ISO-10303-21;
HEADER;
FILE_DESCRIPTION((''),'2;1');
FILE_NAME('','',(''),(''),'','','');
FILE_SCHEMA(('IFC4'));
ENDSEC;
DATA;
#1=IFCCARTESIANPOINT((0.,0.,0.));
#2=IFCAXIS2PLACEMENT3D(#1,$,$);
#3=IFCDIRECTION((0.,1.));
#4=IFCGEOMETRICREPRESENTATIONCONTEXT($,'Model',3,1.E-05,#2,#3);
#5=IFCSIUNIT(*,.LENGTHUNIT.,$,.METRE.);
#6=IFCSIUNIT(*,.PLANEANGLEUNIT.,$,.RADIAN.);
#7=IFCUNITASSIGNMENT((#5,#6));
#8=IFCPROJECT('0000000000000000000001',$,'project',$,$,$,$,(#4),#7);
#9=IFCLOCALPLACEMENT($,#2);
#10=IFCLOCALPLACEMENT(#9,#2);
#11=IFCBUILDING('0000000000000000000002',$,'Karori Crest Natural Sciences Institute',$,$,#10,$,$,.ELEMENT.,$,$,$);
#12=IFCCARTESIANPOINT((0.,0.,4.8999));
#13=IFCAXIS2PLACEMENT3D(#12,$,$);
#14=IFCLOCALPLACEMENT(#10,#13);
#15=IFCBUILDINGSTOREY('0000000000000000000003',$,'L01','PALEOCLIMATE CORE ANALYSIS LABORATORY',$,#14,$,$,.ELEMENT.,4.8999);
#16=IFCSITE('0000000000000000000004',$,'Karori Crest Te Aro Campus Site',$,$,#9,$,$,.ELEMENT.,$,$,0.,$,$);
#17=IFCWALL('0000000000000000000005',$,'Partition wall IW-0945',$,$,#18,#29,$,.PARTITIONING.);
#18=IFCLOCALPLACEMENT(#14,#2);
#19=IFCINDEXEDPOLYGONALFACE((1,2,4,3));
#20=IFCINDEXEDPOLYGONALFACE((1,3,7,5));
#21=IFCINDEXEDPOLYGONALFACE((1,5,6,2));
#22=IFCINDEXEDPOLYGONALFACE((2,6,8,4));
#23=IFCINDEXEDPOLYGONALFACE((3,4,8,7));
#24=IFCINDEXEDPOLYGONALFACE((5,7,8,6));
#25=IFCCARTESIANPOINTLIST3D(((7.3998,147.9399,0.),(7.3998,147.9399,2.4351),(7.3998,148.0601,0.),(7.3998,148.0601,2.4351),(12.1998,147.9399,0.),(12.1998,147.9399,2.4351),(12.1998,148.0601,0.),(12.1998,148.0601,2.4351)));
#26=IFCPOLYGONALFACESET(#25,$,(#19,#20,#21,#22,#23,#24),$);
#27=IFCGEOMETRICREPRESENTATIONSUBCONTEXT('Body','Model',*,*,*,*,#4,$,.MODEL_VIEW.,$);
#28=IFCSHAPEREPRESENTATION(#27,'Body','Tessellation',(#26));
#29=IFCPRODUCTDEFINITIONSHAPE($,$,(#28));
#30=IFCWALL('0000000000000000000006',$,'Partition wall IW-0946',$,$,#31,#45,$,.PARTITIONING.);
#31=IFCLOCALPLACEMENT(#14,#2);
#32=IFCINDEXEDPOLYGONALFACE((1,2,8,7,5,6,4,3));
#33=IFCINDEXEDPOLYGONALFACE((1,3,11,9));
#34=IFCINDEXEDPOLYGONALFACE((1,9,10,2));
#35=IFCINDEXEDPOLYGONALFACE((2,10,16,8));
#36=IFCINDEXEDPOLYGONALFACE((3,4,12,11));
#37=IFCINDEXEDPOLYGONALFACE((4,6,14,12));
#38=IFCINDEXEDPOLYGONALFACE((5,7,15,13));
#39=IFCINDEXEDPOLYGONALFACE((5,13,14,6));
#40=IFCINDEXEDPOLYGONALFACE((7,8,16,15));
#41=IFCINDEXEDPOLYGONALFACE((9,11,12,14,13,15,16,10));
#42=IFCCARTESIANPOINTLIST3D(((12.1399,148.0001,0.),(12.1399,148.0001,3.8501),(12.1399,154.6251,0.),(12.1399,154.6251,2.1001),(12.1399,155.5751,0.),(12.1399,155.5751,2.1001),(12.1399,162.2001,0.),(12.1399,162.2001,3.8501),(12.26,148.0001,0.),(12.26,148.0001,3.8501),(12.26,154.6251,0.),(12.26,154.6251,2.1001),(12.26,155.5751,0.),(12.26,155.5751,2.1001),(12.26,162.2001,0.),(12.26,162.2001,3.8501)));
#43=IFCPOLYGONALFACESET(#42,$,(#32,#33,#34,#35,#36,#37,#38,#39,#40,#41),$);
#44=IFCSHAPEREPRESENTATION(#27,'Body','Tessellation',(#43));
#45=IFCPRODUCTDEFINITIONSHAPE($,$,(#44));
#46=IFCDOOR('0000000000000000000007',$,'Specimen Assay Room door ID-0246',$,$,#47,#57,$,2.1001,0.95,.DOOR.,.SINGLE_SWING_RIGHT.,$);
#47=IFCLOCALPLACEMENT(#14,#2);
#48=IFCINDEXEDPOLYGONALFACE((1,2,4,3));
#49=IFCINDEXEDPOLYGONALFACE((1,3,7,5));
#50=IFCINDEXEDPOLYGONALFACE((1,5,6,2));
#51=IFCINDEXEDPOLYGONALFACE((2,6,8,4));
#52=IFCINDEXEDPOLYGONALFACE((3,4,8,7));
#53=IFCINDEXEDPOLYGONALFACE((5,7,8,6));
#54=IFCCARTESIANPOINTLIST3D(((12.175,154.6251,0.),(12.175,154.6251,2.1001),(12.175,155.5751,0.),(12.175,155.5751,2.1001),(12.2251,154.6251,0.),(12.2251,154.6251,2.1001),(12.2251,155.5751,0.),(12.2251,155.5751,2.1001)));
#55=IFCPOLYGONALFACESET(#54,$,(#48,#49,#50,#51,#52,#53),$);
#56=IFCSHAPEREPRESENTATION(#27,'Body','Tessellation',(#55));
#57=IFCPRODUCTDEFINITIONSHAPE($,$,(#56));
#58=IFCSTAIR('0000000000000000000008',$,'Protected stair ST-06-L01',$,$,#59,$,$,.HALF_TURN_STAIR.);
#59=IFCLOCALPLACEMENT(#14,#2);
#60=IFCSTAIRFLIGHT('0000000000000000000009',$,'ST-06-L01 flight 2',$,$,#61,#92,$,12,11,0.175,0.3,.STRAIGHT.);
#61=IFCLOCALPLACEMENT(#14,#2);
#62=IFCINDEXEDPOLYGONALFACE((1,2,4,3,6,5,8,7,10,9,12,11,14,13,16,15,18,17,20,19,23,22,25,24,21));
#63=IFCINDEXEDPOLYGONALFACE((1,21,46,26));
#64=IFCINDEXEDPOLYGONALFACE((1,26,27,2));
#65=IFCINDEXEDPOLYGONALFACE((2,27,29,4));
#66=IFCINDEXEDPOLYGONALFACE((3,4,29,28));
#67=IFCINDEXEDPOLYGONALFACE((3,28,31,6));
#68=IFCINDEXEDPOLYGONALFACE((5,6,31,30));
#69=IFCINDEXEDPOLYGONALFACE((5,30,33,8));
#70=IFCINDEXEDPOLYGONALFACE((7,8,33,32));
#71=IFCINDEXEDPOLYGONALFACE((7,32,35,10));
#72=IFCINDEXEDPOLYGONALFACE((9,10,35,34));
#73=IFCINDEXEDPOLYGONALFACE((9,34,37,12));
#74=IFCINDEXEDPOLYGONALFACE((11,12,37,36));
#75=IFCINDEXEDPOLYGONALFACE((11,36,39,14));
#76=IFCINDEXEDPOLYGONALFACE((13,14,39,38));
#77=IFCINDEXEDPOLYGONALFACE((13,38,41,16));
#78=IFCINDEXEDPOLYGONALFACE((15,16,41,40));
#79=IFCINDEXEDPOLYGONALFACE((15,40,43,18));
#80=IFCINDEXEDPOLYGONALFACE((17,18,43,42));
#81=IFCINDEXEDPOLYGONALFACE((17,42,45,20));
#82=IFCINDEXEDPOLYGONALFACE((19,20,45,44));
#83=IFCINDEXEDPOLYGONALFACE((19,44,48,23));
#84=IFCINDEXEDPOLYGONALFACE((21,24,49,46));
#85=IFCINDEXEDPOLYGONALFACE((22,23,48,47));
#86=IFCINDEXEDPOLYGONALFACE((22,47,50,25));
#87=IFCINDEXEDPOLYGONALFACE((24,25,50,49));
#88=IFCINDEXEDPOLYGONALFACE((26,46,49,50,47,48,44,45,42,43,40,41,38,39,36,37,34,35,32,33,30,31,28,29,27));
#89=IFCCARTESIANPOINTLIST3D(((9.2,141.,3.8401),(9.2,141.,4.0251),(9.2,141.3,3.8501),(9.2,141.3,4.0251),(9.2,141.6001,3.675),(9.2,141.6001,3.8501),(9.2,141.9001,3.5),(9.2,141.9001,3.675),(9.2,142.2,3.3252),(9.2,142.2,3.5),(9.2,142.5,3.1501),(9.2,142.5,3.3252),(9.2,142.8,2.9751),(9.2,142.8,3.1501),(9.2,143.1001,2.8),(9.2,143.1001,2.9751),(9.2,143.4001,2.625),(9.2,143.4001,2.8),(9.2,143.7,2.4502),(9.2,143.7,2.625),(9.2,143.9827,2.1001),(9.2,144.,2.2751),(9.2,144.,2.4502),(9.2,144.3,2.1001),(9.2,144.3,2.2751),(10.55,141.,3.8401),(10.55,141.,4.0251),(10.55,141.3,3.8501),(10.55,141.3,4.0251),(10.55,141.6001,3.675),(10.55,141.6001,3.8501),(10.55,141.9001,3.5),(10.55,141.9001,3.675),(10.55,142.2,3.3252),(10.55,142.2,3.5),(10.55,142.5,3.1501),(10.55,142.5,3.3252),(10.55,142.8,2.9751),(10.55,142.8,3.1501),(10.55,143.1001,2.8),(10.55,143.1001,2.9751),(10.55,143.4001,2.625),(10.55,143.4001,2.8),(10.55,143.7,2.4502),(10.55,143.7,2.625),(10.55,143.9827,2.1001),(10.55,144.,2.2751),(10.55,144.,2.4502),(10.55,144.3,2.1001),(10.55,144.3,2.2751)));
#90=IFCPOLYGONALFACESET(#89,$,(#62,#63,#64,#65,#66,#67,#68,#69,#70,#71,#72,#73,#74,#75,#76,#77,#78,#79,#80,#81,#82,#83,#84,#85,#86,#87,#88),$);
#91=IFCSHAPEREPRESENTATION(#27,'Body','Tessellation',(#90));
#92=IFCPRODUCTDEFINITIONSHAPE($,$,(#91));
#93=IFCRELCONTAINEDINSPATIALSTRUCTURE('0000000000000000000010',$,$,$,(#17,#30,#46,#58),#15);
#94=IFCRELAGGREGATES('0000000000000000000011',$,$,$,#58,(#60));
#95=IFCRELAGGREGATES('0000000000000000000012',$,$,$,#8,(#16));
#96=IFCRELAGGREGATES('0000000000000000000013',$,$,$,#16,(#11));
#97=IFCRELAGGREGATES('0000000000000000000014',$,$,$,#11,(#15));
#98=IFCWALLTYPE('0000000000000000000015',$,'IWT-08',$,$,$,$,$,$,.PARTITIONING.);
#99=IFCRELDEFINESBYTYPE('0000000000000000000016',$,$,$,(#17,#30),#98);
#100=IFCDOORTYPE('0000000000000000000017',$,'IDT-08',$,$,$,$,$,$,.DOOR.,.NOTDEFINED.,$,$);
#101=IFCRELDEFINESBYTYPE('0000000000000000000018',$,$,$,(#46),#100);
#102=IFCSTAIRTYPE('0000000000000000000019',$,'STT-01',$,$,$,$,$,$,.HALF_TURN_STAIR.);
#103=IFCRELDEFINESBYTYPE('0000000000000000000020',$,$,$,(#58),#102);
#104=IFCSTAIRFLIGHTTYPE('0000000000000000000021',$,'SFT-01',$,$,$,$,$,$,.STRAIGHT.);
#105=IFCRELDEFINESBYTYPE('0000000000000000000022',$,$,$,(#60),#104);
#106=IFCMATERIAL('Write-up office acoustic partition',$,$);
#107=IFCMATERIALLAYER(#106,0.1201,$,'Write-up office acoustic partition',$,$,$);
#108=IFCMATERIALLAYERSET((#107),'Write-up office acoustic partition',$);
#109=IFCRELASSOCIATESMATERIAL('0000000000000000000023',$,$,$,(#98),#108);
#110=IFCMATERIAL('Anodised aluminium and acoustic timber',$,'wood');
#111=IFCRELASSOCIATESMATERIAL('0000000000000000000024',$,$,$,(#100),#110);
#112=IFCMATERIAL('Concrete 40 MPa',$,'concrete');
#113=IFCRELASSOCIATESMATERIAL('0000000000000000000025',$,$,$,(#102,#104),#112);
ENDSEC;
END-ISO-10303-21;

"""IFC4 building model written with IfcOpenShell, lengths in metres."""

from ifc_helpers import new_model, si_unit, direction, frame, frame_2d, origin, place, context, subcontext, project, spatial, polyline, rectangle, outline, extrude, material, layer, layer_set, type_object, element, fill, aggregate, save


model = new_model("IFC4")

# Units and contexts
model_context = context("Model", 3, precision=1e-05, world=origin(), true_north=direction((0.0, 1.0)))
body_context = subcontext(model_context, "Body", "Model", "MODEL_VIEW")
ifc_project = project(units=[si_unit("LENGTHUNIT", "METRE"), si_unit("PLANEANGLEUNIT", "RADIAN")], contexts=[model_context])

# Site, building, storey
site_placement = place(None, origin())
site = spatial("IfcSite", under=ifc_project, at=site_placement, Name="Karori Crest Te Aro Campus Site", CompositionType="ELEMENT", RefElevation=0.0)
building_placement = place(site_placement, origin())
building = spatial("IfcBuilding", under=site, at=building_placement, Name="Karori Crest Natural Sciences Institute", CompositionType="ELEMENT")
storey_placement = place(building_placement, frame((0.0, 0.0, 4.8999)))
storey = spatial("IfcBuildingStorey", under=building, at=storey_placement, Name="L01", Description="PALEOCLIMATE CORE ANALYSIS LABORATORY", CompositionType="ELEMENT", Elevation=4.8999)

# Wall
ifc_material_1 = material(Name="Write-up office acoustic partition")
ifc_layer_1 = layer(ifc_material_1, 0.1201, Name="Write-up office acoustic partition")
ifc_layer_set_1 = layer_set([ifc_layer_1], Name="Write-up office acoustic partition")
wall_type_1 = type_object("IfcWallType", Name="IWT-08", PredefinedType="PARTITIONING", material=ifc_layer_set_1)
wall_1_placement = place(storey_placement, frame((7.3999, 148.0, 0.0), z_axis=(0.0, 0.0, 1.0), x_axis=(1.0, 0.0, 0.0)))
element("IfcWall", 1, at=wall_1_placement, inside=storey, type_object=wall_type_1, Name="Partition wall IW-0945", PredefinedType="PARTITIONING", context=body_context, shape_type="SweptSolid", body=[
    extrude(rectangle(XDim=4.8, YDim=0.1201, at=frame_2d((2.3999, 0.0))), origin(), (0.0, 0.0, 1.0), 2.4351),
])

# Wall, opening, door
wall_2_placement = place(storey_placement, frame((12.2, 148.0, 0.0), z_axis=(0.0, 0.0, 1.0), x_axis=(0.0, 1.0, 0.0)))
wall_2 = element("IfcWall", 2, at=wall_2_placement, inside=storey, type_object=wall_type_1, Name="Partition wall IW-0946", PredefinedType="PARTITIONING", context=body_context, shape_type="SweptSolid", body=[
    extrude(rectangle(XDim=14.2, YDim=0.1201, at=frame_2d((7.1001, 0.0))), origin(), (0.0, 0.0, 1.0), 3.8501),
])
opening_placement = place(wall_2_placement, frame((6.625, 0.0, 0.0)))
opening = element("IfcOpeningElement", 3, at=opening_placement, cuts=wall_2, PredefinedType="OPENING", context=body_context, shape_type="SweptSolid", body=[
    extrude(rectangle(XDim=0.95, YDim=2.1001, at=frame_2d((0.4751, 1.05))), frame((0.0, 0.0701, 0.0), z_axis=(0.0, -1.0, 0.0), x_axis=(1.0, 0.0, 0.0)), (0.0, 0.0, 1.0), 0.1401),
])
ifc_material_2 = material(Name="Anodised aluminium and acoustic timber", Category="wood")
door_type = type_object("IfcDoorType", Name="IDT-08", OperationType="NOTDEFINED", PredefinedType="DOOR", material=ifc_material_2)
door_placement = place(opening_placement, origin())
door = element("IfcDoor", 4, at=door_placement, inside=storey, type_object=door_type, Name="Specimen Assay Room door ID-0246", OperationType="SINGLE_SWING_RIGHT", OverallHeight=2.1001, OverallWidth=0.95, PredefinedType="DOOR", context=body_context, shape_type="SweptSolid", body=[
    extrude(rectangle(XDim=0.95, YDim=2.1001, at=frame_2d((0.4751, 1.05))), frame((0.0, 0.0249, 0.0), z_axis=(0.0, -1.0, 0.0), x_axis=(1.0, 0.0, 0.0)), (0.0, 0.0, 1.0), 0.05),
])
fill(opening, door)

# Stair, stair flight
ifc_material_3 = material(Name="Concrete 40 MPa", Category="concrete")
stair_type = type_object("IfcStairType", Name="STT-01", PredefinedType="HALF_TURN_STAIR", material=ifc_material_3)
stair_placement = place(storey_placement, origin())
stair = element("IfcStair", 5, at=stair_placement, inside=storey, type_object=stair_type, Name="Protected stair ST-06-L01", PredefinedType="HALF_TURN_STAIR")
stair_flight_type = type_object("IfcStairFlightType", Name="SFT-01", PredefinedType="STRAIGHT", material=ifc_material_3)
stair_flight_placement = place(storey_placement, frame((9.875, 144.3, 2.1001), z_axis=(0.0, 0.0, 1.0), x_axis=(0.0, -1.0, 0.0)))
stair_flight = element("IfcStairFlight", 6, at=stair_flight_placement, type_object=stair_flight_type, Name="ST-06-L01 flight 2", NumberOfRisers=12, NumberOfTreads=11, PredefinedType="STRAIGHT", RiserHeight=0.175, TreadLength=0.3, context=body_context, shape_type="SweptSolid", body=[
    extrude(outline(polyline([(0.0, 0.0), (0.0, 0.175), (0.3, 0.175), (0.3, 0.3501), (0.6001, 0.3501), (0.6001, 0.5249), (0.8999, 0.5249), (0.8999, 0.7), (1.2, 0.7), (1.2, 0.875), (1.5, 0.875), (1.5, 1.05), (1.8, 1.05), (1.8, 1.2251), (2.1001, 1.2251), (2.1001, 1.3999), (2.3999, 1.3999), (2.3999, 1.575), (2.7, 1.575), (2.7, 1.75), (3.0, 1.75), (3.0, 1.925), (3.3, 1.925), (3.3, 2.1001), (3.3, 1.74), (0.3174, 0.0), (0.0, 0.0)])), frame((0.0, 0.675, 0.0), z_axis=(0.0, -1.0, 0.0), x_axis=(1.0, 0.0, 0.0)), (0.0, 0.0, 1.0), 1.3501),
])
aggregate(stair, [stair_flight])

save(model, "model.ifc")
